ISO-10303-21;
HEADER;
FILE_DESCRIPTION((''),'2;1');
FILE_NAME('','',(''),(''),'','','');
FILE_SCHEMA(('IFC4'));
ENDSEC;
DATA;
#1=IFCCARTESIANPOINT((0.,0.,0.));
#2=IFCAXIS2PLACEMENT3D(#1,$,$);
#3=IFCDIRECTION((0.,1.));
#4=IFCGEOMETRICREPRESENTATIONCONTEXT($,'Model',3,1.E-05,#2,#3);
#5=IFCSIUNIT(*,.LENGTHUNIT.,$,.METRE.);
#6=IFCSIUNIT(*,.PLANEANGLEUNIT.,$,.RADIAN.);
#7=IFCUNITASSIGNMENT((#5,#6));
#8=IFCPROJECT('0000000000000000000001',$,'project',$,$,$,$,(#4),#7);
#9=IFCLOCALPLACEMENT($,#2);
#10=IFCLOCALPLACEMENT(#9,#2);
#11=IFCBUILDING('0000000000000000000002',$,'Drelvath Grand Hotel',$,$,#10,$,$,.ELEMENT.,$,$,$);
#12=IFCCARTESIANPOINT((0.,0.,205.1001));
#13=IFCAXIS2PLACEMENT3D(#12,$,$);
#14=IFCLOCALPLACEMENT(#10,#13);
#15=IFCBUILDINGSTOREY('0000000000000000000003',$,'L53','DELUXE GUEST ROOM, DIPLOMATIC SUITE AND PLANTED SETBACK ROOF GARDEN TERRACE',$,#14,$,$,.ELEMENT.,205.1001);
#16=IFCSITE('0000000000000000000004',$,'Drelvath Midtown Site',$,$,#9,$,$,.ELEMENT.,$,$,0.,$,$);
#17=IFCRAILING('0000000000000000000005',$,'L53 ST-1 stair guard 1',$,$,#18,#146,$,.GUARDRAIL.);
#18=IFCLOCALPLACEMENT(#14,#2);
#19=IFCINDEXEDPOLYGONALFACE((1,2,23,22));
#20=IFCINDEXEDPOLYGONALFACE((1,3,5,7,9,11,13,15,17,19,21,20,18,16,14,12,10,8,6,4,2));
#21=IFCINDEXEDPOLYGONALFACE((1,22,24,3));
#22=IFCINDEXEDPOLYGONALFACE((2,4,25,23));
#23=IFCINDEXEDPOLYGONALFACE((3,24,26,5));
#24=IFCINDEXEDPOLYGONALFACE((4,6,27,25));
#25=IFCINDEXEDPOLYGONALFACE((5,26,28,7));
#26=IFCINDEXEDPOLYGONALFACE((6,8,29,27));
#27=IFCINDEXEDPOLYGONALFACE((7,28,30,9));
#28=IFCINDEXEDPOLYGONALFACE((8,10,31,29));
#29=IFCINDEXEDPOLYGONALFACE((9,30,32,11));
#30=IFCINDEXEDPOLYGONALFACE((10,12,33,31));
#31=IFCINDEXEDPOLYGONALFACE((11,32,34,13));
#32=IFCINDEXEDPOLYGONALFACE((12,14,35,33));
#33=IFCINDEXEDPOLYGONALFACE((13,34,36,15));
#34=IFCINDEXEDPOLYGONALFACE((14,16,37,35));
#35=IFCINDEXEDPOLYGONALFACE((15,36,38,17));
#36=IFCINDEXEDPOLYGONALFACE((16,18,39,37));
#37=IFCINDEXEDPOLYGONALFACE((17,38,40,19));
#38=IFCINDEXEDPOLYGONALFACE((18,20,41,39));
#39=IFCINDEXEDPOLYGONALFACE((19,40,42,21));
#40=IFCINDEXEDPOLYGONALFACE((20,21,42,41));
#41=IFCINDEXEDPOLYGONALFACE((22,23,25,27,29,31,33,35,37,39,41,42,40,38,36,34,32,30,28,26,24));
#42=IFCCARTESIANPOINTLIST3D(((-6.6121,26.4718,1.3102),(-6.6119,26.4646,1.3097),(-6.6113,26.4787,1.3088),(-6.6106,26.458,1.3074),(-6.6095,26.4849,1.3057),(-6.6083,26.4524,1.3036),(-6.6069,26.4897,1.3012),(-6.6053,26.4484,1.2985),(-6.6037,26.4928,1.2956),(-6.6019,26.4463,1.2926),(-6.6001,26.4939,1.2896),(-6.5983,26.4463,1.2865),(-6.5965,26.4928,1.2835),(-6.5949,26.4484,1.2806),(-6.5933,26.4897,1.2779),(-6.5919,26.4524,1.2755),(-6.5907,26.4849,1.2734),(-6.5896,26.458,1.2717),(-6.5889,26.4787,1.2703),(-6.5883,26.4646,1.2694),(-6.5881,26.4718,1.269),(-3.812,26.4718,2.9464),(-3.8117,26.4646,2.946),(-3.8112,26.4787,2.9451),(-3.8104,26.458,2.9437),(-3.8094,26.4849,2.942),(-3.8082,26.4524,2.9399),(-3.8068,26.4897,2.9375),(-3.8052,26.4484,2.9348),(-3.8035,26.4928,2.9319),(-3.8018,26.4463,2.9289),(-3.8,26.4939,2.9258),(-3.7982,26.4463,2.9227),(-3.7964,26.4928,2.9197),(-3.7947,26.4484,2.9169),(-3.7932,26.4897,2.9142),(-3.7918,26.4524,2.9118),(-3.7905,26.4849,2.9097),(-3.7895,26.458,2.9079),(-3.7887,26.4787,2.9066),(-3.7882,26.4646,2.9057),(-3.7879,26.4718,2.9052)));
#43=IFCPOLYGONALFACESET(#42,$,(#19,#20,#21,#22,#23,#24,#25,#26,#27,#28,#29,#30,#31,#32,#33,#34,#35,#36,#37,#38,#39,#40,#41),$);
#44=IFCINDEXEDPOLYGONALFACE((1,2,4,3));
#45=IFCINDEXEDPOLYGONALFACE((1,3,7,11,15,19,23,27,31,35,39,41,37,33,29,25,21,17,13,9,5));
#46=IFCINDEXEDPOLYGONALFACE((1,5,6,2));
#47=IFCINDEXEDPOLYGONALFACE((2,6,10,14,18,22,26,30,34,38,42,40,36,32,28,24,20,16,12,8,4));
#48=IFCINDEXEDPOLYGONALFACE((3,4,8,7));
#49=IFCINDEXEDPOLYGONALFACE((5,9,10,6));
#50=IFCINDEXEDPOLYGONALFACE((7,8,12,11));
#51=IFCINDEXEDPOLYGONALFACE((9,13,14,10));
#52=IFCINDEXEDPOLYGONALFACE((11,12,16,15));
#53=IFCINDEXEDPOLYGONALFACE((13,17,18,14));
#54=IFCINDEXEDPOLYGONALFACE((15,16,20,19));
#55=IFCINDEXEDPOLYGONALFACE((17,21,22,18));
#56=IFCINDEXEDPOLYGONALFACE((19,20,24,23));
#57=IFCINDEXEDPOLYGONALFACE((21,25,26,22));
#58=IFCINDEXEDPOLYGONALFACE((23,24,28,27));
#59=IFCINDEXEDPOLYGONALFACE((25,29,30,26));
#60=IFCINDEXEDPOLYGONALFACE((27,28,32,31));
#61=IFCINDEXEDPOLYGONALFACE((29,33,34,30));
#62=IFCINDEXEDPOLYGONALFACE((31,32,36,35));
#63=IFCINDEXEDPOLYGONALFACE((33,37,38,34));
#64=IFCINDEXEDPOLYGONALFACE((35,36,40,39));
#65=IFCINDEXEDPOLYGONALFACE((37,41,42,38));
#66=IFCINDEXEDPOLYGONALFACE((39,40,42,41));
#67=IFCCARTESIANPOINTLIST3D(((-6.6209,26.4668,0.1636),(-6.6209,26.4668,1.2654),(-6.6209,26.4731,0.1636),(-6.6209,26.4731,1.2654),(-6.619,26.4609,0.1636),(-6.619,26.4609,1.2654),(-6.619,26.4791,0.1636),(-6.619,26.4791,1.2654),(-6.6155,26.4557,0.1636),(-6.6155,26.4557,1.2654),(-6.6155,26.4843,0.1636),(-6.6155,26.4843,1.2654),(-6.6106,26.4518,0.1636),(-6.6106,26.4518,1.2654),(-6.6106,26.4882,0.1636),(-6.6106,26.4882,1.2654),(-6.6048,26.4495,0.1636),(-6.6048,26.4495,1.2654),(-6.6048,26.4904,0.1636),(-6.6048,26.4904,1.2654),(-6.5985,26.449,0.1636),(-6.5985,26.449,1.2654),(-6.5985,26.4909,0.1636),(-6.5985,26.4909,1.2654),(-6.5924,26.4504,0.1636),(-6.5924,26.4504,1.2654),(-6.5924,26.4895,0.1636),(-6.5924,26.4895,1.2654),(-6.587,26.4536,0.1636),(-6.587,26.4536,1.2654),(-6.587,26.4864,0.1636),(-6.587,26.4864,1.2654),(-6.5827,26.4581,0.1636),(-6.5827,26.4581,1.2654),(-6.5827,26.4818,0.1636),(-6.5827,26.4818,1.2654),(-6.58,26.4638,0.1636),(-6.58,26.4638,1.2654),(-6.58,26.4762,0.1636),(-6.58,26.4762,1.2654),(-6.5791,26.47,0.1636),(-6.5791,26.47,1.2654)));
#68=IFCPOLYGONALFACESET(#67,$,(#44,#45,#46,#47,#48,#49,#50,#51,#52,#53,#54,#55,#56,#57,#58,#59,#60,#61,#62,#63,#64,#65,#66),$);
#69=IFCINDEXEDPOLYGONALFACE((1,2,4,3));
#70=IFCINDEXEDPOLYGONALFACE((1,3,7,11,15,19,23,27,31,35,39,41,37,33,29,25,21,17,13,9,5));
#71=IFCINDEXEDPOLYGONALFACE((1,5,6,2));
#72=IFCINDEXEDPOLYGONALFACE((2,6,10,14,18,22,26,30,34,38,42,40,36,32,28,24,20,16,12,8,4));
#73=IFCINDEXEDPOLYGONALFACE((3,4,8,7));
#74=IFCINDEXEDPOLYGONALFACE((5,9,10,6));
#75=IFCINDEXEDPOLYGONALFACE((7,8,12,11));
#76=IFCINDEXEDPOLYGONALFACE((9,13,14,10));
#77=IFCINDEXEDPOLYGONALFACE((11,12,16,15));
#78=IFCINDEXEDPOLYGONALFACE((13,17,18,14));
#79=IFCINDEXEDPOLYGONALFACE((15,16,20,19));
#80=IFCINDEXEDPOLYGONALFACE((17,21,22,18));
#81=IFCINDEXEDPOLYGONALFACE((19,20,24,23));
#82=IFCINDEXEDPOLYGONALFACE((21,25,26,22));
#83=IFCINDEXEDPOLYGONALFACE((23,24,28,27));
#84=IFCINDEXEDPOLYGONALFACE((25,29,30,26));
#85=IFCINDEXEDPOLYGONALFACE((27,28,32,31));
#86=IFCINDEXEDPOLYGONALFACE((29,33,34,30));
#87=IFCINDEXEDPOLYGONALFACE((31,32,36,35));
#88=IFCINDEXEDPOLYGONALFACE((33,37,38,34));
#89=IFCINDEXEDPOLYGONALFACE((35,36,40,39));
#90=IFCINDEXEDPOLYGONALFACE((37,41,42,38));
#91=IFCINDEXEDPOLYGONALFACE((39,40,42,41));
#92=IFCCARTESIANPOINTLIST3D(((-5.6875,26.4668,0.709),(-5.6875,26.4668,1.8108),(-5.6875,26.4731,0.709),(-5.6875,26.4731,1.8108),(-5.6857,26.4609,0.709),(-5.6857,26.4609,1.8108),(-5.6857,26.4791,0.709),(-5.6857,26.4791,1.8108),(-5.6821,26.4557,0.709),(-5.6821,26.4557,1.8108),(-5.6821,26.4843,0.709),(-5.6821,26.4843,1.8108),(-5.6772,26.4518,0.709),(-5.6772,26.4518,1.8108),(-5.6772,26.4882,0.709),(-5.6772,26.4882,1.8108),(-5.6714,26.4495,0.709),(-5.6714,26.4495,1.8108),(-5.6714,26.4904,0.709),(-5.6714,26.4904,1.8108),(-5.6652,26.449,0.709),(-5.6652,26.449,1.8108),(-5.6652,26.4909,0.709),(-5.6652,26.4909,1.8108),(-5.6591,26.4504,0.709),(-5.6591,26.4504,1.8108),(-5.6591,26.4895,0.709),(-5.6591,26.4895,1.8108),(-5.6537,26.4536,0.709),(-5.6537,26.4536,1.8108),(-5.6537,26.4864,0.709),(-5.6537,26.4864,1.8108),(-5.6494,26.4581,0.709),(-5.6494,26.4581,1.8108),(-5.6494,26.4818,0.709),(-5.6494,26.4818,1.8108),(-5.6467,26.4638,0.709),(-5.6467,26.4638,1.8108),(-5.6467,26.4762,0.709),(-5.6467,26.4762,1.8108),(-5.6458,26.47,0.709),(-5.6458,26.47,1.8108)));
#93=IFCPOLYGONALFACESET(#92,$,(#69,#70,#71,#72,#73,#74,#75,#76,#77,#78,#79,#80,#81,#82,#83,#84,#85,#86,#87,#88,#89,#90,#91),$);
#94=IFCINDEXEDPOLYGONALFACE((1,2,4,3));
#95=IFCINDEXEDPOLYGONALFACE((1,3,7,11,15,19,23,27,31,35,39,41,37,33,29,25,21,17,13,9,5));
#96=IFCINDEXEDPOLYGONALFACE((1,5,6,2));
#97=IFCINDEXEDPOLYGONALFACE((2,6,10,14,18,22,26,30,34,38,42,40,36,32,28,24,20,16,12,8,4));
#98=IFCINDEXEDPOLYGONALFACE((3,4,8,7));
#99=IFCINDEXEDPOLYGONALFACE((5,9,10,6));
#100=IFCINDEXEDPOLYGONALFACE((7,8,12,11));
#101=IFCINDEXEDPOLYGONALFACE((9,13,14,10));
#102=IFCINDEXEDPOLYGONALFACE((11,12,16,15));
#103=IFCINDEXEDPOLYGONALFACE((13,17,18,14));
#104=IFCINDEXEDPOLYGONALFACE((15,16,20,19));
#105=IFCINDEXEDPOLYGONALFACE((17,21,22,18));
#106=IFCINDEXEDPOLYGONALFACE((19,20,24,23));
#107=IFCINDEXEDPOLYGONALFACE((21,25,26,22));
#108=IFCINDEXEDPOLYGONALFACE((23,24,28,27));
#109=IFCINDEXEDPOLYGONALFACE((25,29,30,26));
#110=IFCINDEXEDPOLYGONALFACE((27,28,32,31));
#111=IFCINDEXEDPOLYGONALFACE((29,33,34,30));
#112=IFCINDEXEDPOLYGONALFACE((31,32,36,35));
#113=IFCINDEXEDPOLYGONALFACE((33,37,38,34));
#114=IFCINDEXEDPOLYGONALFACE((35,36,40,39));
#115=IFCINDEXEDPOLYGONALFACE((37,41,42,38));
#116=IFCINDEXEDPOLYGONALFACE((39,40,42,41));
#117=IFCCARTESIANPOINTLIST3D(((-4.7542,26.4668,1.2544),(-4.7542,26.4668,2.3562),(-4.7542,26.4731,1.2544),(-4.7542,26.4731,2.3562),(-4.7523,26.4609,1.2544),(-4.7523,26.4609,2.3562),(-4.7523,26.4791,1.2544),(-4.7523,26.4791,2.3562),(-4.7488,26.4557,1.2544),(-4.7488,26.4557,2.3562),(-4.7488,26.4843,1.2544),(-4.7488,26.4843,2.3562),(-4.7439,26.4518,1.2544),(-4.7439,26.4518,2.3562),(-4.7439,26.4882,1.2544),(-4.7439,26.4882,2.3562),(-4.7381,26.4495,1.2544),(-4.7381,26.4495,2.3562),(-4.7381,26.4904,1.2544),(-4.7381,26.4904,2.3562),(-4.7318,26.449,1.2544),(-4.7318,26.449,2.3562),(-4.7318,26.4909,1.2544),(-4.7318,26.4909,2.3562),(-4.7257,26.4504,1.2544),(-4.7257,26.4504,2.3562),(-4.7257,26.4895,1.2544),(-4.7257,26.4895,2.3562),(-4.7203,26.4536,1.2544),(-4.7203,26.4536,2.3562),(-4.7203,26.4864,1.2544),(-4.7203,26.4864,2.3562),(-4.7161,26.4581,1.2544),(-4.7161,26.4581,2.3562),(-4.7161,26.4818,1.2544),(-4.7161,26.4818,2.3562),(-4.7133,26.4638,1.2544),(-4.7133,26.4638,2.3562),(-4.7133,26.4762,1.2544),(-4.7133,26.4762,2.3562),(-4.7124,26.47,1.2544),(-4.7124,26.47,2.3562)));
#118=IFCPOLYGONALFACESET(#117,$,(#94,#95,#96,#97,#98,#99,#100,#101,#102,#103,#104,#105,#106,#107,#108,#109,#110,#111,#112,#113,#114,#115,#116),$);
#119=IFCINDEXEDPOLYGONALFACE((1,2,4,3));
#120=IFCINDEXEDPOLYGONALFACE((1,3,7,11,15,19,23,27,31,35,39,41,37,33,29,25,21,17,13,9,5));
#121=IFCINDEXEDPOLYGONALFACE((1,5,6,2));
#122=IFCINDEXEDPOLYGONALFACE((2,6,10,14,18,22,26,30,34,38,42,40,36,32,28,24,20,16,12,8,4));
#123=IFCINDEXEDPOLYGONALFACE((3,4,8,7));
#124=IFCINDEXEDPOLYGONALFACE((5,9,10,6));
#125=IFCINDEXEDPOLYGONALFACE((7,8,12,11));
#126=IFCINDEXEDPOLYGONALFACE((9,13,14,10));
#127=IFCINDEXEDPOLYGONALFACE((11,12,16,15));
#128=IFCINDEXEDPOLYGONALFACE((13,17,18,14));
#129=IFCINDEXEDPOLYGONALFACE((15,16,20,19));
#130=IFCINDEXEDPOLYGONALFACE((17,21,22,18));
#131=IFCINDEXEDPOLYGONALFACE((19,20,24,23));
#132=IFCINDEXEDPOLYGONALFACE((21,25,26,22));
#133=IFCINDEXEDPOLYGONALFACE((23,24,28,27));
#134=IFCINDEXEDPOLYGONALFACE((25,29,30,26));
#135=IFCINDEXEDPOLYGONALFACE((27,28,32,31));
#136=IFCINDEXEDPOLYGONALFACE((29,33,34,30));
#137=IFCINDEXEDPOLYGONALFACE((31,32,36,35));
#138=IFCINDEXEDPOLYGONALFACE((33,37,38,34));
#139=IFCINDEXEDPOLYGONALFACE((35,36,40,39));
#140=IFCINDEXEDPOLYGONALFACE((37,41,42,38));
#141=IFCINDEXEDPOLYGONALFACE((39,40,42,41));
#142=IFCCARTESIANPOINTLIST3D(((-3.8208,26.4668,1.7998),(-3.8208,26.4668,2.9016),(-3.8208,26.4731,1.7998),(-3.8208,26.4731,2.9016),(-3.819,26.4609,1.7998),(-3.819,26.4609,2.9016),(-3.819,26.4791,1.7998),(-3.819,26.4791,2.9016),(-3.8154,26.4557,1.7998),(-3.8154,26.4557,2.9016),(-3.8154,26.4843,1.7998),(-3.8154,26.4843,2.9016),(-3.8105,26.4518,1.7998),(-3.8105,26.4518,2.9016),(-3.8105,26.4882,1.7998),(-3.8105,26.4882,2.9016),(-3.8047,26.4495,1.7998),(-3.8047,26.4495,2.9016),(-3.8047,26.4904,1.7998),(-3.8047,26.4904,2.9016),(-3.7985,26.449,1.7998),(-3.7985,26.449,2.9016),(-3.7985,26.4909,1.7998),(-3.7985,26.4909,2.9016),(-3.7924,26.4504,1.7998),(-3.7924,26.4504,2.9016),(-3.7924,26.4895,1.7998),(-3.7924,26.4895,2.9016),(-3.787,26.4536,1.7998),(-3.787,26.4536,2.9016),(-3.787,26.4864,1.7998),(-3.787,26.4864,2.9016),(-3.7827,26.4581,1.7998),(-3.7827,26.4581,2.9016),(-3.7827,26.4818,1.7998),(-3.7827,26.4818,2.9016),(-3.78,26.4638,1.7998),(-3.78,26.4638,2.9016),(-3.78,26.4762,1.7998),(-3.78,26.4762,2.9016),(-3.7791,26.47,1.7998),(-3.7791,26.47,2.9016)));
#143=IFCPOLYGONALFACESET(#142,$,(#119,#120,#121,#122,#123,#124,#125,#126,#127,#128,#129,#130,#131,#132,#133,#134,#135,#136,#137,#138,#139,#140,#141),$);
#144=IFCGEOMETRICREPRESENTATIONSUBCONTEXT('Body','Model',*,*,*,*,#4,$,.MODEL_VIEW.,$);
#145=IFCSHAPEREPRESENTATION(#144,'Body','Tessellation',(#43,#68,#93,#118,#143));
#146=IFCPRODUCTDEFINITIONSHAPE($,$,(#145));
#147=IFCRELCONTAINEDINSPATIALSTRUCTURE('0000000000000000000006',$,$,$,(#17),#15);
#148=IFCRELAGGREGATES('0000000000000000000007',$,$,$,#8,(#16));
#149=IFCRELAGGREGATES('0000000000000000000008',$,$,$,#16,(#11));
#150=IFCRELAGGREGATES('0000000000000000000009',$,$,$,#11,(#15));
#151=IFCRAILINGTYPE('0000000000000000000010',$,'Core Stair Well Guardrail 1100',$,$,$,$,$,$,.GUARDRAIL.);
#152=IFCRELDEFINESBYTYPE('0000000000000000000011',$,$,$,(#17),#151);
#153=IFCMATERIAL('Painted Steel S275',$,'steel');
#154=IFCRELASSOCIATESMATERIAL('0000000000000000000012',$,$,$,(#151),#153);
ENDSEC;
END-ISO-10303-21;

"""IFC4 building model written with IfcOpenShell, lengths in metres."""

from ifc_helpers import new_model, si_unit, direction, frame, origin, origin_2d, place, context, subcontext, project, spatial, circle, extrude, material, type_object, element, save


model = new_model("IFC4")

# Units and contexts
model_context = context("Model", 3, precision=1e-05, world=origin(), true_north=direction((0.0, 1.0)))
body_context = subcontext(model_context, "Body", "Model", "MODEL_VIEW")
ifc_project = project(units=[si_unit("LENGTHUNIT", "METRE"), si_unit("PLANEANGLEUNIT", "RADIAN")], contexts=[model_context])

# Site, building, storey
site_placement = place(None, origin())
site = spatial("IfcSite", under=ifc_project, at=site_placement, Name="Drelvath Midtown Site", CompositionType="ELEMENT", RefElevation=0.0)
building_placement = place(site_placement, origin())
building = spatial("IfcBuilding", under=site, at=building_placement, Name="Drelvath Grand Hotel", CompositionType="ELEMENT")
storey_placement = place(building_placement, frame((0.0, 0.0, 205.1001)))
storey = spatial("IfcBuildingStorey", under=building, at=storey_placement, Name="L53", Description="DELUXE GUEST ROOM, DIPLOMATIC SUITE AND PLANTED SETBACK ROOF GARDEN TERRACE", CompositionType="ELEMENT", Elevation=205.1001)

# Shared definitions
ifc_material_1 = material(Name="Painted Steel S275", Category="steel")

# Railing
railing_type_1 = type_object("IfcRailingType", Name="Core Stair Well Guardrail 1100", PredefinedType="GUARDRAIL", material=ifc_material_1)
railing_1_placement = place(storey_placement, frame((-6.6001, 26.47, 0.1636)))
element("IfcRailing", 1, at=railing_1_placement, inside=storey, type_object=railing_type_1, Name="L53 ST-1 stair guard 1", PredefinedType="GUARDRAIL", context=body_context, shape_type="SweptSolid", body=[
    extrude(circle(Radius=0.0239, at=origin_2d()), frame((0.0, 0.0, 1.126), z_axis=(0.863394, 0.0, 0.504531), x_axis=(0.0, 1.0, 0.0)), (0.0, 0.0, 1.0), 3.2432),
    extrude(circle(Radius=0.021, at=origin_2d()), origin(), (0.0, 0.0, 1.0), 1.1018),
    extrude(circle(Radius=0.021, at=origin_2d()), frame((0.9333, 0.0, 0.5454)), (0.0, 0.0, 1.0), 1.1018),
    extrude(circle(Radius=0.021, at=origin_2d()), frame((1.8667, 0.0, 1.0908)), (0.0, 0.0, 1.0), 1.1018),
    extrude(circle(Radius=0.021, at=origin_2d()), frame((2.8, 0.0, 1.6362)), (0.0, 0.0, 1.0), 1.1018),
])

save(model, "model.ifc")
